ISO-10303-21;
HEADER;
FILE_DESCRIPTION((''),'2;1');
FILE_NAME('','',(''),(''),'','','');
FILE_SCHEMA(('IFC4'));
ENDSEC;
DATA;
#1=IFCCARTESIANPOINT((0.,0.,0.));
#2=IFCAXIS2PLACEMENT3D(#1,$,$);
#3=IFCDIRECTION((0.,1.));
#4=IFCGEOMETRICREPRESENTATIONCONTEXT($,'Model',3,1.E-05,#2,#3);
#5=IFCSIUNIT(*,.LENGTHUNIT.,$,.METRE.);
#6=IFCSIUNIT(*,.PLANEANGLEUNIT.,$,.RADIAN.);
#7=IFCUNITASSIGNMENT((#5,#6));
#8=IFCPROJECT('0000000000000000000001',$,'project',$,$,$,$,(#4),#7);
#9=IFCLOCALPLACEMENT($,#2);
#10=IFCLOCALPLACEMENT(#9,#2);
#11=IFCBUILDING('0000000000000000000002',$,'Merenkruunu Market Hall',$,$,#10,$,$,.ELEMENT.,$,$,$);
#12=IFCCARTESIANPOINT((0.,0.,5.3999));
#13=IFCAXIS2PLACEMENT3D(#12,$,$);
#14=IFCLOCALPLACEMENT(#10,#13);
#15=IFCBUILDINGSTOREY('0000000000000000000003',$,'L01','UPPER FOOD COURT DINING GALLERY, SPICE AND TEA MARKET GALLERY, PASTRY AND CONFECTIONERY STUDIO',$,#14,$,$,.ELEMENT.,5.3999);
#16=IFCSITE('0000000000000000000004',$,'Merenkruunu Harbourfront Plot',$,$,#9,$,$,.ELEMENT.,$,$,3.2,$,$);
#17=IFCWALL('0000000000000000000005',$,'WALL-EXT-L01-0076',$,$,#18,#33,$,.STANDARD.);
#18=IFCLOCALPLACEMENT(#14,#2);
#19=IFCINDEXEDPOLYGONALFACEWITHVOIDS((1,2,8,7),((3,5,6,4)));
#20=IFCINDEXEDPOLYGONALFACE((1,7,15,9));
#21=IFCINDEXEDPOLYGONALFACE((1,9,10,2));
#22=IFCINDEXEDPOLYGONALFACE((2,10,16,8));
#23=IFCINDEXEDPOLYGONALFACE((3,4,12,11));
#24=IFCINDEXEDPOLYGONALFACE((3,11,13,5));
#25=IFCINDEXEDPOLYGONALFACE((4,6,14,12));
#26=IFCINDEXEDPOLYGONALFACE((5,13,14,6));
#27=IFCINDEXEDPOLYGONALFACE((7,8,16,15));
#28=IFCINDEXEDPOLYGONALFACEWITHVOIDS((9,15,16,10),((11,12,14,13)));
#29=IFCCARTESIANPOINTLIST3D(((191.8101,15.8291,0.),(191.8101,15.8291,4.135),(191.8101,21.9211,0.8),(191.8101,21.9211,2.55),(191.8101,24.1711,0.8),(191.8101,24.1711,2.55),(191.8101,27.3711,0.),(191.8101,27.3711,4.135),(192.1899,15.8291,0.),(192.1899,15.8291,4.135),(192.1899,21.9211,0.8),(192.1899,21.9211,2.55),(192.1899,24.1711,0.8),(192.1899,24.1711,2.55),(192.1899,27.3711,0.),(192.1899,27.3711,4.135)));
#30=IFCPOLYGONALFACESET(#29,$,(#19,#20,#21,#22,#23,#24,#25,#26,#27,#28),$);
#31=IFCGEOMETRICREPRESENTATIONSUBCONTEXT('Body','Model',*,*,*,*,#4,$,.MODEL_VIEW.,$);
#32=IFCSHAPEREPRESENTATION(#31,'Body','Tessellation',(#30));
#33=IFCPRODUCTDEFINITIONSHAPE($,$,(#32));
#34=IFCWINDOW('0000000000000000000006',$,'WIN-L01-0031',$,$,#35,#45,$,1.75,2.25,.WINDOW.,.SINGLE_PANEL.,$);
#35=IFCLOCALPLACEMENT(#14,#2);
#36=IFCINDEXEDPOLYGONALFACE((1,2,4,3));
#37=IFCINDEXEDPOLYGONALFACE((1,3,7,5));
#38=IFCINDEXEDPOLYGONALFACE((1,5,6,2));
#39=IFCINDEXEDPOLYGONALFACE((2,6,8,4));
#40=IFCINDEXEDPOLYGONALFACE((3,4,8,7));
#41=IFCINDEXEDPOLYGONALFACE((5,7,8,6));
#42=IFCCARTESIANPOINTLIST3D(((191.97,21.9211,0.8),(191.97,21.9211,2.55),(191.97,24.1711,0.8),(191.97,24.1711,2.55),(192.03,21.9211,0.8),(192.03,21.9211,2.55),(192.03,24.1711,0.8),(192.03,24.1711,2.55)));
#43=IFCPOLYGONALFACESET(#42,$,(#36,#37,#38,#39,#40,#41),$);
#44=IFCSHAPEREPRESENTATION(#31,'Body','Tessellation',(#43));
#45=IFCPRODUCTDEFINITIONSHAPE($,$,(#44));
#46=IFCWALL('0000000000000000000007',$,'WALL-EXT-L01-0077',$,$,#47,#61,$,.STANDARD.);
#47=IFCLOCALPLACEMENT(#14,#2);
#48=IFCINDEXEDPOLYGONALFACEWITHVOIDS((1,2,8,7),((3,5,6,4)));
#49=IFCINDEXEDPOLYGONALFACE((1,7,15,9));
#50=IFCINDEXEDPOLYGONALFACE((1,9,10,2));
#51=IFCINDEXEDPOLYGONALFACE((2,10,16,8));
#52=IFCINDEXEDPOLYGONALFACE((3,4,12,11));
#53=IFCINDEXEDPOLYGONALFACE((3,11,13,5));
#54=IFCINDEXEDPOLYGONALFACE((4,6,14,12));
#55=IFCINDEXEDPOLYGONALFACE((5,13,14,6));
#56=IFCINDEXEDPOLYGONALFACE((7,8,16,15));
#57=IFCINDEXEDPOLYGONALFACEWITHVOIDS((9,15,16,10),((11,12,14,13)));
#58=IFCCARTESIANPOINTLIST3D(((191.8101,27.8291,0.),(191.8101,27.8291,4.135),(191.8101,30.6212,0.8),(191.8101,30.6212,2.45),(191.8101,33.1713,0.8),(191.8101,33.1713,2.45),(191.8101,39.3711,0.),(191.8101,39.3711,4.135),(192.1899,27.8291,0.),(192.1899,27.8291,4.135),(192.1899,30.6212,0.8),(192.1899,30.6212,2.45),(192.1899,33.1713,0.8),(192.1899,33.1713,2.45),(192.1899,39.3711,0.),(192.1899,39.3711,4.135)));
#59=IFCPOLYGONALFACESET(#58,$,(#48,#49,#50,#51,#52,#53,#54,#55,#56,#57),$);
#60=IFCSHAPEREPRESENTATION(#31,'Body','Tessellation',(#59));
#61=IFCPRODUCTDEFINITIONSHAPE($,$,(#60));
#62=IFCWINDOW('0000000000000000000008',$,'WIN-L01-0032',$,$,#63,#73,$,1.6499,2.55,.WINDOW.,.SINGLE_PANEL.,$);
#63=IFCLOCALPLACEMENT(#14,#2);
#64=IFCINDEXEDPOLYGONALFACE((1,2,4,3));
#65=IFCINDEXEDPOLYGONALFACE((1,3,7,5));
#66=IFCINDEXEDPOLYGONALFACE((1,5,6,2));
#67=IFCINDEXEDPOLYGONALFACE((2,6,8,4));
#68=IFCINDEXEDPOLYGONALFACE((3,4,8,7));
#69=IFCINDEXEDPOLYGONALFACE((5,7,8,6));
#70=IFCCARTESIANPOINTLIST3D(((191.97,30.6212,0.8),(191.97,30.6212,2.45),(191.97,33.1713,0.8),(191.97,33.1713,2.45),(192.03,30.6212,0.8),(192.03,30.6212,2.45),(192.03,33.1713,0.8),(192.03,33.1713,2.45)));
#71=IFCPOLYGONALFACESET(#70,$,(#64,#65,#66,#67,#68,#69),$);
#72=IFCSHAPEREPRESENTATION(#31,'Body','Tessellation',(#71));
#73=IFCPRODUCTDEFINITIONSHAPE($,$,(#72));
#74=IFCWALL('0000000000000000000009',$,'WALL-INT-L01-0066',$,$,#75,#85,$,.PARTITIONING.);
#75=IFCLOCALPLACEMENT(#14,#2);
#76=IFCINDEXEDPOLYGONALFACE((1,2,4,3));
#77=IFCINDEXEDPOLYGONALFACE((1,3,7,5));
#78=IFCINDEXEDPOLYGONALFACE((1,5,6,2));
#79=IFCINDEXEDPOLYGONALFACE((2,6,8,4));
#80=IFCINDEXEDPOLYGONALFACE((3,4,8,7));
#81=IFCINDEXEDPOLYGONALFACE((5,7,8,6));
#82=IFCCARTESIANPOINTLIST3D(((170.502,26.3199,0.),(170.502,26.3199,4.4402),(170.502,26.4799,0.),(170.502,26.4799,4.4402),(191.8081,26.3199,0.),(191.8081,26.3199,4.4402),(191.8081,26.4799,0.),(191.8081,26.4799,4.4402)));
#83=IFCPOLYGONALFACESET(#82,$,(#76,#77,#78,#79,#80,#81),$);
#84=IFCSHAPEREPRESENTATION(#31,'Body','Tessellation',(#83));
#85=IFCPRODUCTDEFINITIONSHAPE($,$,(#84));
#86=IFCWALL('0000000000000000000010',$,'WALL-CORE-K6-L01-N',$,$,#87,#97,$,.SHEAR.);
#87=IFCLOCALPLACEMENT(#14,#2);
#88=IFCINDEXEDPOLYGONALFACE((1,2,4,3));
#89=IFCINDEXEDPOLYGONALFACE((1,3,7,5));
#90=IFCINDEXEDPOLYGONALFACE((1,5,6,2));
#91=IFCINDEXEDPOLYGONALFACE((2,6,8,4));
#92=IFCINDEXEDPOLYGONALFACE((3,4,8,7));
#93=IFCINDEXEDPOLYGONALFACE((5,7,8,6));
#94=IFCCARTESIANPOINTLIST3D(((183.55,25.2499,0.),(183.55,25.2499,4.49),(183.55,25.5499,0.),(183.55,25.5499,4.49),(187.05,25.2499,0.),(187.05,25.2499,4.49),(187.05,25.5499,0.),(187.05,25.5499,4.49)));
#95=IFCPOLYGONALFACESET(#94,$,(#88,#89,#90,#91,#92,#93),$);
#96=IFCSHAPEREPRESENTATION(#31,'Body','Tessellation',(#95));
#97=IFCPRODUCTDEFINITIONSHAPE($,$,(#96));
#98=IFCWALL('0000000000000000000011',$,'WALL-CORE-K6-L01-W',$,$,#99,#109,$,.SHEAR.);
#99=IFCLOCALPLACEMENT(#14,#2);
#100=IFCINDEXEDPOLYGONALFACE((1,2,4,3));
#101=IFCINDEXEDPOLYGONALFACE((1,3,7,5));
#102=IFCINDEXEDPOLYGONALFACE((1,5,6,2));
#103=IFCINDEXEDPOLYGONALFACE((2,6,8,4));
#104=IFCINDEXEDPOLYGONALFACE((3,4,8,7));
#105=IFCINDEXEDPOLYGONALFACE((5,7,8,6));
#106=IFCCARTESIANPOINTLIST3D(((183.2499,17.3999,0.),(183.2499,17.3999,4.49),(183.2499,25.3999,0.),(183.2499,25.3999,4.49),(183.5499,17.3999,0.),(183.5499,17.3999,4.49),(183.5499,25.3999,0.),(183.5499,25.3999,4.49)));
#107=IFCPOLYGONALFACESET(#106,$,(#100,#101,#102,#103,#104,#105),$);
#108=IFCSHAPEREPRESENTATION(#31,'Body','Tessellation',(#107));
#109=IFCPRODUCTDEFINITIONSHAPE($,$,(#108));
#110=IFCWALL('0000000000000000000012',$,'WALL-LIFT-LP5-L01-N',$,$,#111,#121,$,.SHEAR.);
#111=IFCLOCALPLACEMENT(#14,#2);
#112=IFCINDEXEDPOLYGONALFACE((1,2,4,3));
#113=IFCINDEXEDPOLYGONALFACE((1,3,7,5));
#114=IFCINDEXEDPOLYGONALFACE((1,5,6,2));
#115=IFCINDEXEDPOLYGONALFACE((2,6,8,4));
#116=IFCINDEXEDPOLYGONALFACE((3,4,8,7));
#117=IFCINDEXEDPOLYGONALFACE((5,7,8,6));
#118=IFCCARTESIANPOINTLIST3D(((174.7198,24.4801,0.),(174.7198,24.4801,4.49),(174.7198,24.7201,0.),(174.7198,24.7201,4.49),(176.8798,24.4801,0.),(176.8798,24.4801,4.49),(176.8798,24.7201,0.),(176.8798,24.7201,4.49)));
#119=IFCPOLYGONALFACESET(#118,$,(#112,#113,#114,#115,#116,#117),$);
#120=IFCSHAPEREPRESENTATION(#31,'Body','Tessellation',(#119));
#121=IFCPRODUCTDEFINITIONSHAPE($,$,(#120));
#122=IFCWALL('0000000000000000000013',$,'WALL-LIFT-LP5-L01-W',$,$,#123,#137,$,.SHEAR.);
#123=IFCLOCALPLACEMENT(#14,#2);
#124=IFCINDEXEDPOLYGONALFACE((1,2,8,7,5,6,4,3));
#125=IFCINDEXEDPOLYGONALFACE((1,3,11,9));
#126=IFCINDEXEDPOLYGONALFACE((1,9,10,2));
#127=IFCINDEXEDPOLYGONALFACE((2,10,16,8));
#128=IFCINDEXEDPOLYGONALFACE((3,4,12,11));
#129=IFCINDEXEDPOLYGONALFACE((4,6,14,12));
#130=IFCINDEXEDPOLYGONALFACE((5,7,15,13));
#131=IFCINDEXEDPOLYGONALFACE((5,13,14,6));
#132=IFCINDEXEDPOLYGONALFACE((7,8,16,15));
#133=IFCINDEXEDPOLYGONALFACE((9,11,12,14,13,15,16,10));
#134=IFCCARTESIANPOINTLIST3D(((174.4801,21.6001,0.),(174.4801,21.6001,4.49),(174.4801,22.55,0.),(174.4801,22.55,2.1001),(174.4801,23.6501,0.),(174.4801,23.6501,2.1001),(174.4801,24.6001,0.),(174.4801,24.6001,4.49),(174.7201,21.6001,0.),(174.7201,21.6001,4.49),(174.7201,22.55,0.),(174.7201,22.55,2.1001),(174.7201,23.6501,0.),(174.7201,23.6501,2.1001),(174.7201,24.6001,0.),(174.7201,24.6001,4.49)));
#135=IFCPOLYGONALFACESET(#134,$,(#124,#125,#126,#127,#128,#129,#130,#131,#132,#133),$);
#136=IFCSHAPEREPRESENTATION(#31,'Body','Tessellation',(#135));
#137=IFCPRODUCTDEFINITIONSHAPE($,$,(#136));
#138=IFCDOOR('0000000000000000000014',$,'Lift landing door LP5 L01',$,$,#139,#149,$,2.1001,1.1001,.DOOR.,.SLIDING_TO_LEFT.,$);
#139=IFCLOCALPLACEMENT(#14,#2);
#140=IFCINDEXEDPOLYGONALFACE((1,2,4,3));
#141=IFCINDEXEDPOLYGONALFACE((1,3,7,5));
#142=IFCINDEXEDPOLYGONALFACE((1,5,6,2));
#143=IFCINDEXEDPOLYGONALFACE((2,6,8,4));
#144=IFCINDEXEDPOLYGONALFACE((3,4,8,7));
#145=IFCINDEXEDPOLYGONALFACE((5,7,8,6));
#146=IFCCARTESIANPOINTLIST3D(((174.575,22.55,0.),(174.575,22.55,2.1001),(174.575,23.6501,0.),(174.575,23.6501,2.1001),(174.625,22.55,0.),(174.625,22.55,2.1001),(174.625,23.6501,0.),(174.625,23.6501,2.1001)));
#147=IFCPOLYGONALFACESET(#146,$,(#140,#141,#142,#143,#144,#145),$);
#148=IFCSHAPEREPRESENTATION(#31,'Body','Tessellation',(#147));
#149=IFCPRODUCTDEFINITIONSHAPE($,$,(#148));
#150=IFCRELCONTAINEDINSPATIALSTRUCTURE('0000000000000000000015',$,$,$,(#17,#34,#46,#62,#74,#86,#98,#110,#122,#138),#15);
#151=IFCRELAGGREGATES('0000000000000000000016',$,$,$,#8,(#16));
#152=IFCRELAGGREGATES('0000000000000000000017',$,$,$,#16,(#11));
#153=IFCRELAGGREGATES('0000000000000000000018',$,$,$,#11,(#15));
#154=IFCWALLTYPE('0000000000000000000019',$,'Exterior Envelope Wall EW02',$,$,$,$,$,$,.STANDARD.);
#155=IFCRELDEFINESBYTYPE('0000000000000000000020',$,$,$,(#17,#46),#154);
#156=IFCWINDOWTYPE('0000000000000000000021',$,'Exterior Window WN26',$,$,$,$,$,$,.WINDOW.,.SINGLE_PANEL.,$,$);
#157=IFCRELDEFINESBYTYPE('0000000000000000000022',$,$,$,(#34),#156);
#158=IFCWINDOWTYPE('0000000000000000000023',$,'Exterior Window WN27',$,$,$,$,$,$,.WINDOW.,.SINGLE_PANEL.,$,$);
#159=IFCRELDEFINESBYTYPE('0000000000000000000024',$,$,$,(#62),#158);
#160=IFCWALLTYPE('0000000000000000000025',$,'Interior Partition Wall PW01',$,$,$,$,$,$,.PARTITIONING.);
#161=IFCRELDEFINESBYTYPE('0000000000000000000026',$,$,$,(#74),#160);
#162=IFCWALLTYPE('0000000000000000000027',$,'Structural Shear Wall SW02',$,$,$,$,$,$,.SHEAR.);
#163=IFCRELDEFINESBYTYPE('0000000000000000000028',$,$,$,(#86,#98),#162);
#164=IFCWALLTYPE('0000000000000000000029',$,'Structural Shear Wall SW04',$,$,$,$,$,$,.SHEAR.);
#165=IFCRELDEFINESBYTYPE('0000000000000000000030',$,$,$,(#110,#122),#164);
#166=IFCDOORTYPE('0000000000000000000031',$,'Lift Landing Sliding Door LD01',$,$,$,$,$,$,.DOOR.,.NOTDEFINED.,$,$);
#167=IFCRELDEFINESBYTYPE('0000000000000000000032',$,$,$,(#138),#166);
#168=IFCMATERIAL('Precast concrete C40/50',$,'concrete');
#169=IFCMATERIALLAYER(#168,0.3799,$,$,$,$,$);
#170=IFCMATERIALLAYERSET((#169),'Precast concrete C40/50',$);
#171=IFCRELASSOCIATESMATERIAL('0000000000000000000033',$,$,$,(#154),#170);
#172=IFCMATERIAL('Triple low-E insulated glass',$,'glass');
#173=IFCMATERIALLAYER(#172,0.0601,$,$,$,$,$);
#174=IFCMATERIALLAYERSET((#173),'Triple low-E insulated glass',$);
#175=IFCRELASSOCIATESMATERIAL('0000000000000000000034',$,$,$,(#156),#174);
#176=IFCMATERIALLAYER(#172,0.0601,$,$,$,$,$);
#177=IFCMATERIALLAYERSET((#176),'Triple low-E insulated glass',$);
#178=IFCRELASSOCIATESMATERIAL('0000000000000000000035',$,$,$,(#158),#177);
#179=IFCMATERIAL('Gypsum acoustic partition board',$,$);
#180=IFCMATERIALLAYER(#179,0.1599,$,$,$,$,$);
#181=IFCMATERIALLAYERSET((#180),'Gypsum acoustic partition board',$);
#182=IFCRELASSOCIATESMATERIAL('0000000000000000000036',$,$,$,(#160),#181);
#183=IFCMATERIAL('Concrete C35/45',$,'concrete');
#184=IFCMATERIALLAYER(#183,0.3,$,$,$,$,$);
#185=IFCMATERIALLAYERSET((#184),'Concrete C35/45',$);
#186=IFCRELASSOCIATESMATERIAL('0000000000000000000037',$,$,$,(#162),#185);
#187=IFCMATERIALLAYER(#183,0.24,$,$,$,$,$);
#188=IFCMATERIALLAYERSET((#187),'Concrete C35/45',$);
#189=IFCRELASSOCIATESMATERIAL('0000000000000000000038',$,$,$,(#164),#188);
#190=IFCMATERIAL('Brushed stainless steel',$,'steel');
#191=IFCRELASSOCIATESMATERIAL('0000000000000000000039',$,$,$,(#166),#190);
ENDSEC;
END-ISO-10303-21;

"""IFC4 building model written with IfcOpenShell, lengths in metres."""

from ifc_helpers import new_model, si_unit, direction, frame, frame_2d, origin, place, context, subcontext, project, spatial, rectangle, extrude, material, layer, layer_set, type_object, element, fill, save


model = new_model("IFC4")

# Units and contexts
model_context = context("Model", 3, precision=1e-05, world=origin(), true_north=direction((0.0, 1.0)))
body_context = subcontext(model_context, "Body", "Model", "MODEL_VIEW")
ifc_project = project(units=[si_unit("LENGTHUNIT", "METRE"), si_unit("PLANEANGLEUNIT", "RADIAN")], contexts=[model_context])

# Site, building, storey
site_placement = place(None, origin())
site = spatial("IfcSite", under=ifc_project, at=site_placement, Name="Merenkruunu Harbourfront Plot", CompositionType="ELEMENT", RefElevation=3.2)
building_placement = place(site_placement, origin())
building = spatial("IfcBuilding", under=site, at=building_placement, Name="Merenkruunu Market Hall", CompositionType="ELEMENT")
storey_placement = place(building_placement, frame((0.0, 0.0, 5.3999)))
storey = spatial("IfcBuildingStorey", under=building, at=storey_placement, Name="L01", Description="UPPER FOOD COURT DINING GALLERY, SPICE AND TEA MARKET GALLERY, PASTRY AND CONFECTIONERY STUDIO", CompositionType="ELEMENT", Elevation=5.3999)

# Walls, openings, windows
ifc_material_1 = material(Name="Precast concrete C40/50", Category="concrete")
ifc_layer_1 = layer(ifc_material_1, 0.3799)
ifc_layer_set_1 = layer_set([ifc_layer_1], Name="Precast concrete C40/50")
wall_type_1 = type_object("IfcWallType", Name="Exterior Envelope Wall EW02", PredefinedType="STANDARD", material=ifc_layer_set_1)
wall_1_placement = place(storey_placement, frame((192.0, 27.3711, 0.0), z_axis=(0.0, 0.0, 1.0), x_axis=(0.0, -1.0, 0.0)))
wall_1 = element("IfcWall", 1, at=wall_1_placement, inside=storey, type_object=wall_type_1, Name="WALL-EXT-L01-0076", PredefinedType="STANDARD", context=body_context, shape_type="SweptSolid", body=[
    extrude(rectangle(XDim=11.542, YDim=0.3799, at=frame_2d((5.771, 0.0))), origin(), (0.0, 0.0, 1.0), 4.135),
])
opening_1_placement = place(wall_1_placement, frame((3.2, 0.0, 0.8)))
opening_1 = element("IfcOpeningElement", 2, at=opening_1_placement, cuts=wall_1, PredefinedType="OPENING", context=body_context, shape_type="SweptSolid", body=[
    extrude(rectangle(XDim=2.25, YDim=1.75, at=frame_2d((1.125, 0.875))), frame((0.0, 0.2, 0.0), z_axis=(0.0, -1.0, 0.0), x_axis=(1.0, 0.0, 0.0)), (0.0, 0.0, 1.0), 0.3999),
])
ifc_material_2 = material(Name="Triple low-E insulated glass", Category="glass")
ifc_layer_2 = layer(ifc_material_2, 0.0601)
ifc_layer_set_2 = layer_set([ifc_layer_2], Name="Triple low-E insulated glass")
window_type_1 = type_object("IfcWindowType", Name="Exterior Window WN26", PartitioningType="SINGLE_PANEL", PredefinedType="WINDOW", material=ifc_layer_set_2)
window_1_placement = place(opening_1_placement, origin())
window_1 = element("IfcWindow", 3, at=window_1_placement, inside=storey, type_object=window_type_1, Name="WIN-L01-0031", OverallHeight=1.75, OverallWidth=2.25, PartitioningType="SINGLE_PANEL", PredefinedType="WINDOW", context=body_context, shape_type="SweptSolid", body=[
    extrude(rectangle(XDim=2.25, YDim=1.75, at=frame_2d((1.125, 0.875))), frame((0.0, 0.03, 0.0), z_axis=(0.0, -1.0, 0.0), x_axis=(1.0, 0.0, 0.0)), (0.0, 0.0, 1.0), 0.0601),
])
fill(opening_1, window_1)
wall_2_placement = place(storey_placement, frame((192.0, 39.3711, 0.0), z_axis=(0.0, 0.0, 1.0), x_axis=(0.0, -1.0, 0.0)))
wall_2 = element("IfcWall", 4, at=wall_2_placement, inside=storey, type_object=wall_type_1, Name="WALL-EXT-L01-0077", PredefinedType="STANDARD", context=body_context, shape_type="SweptSolid", body=[
    extrude(rectangle(XDim=11.542, YDim=0.3799, at=frame_2d((5.771, 0.0))), origin(), (0.0, 0.0, 1.0), 4.135),
])
opening_2_placement = place(wall_2_placement, frame((6.2, 0.0, 0.8)))
opening_2 = element("IfcOpeningElement", 5, at=opening_2_placement, cuts=wall_2, PredefinedType="OPENING", context=body_context, shape_type="SweptSolid", body=[
    extrude(rectangle(XDim=2.55, YDim=1.6499, at=frame_2d((1.2749, 0.825))), frame((0.0, 0.2, 0.0), z_axis=(0.0, -1.0, 0.0), x_axis=(1.0, 0.0, 0.0)), (0.0, 0.0, 1.0), 0.3999),
])
ifc_layer_3 = layer(ifc_material_2, 0.0601)
ifc_layer_set_3 = layer_set([ifc_layer_3], Name="Triple low-E insulated glass")
window_type_2 = type_object("IfcWindowType", Name="Exterior Window WN27", PartitioningType="SINGLE_PANEL", PredefinedType="WINDOW", material=ifc_layer_set_3)
window_2_placement = place(opening_2_placement, origin())
window_2 = element("IfcWindow", 6, at=window_2_placement, inside=storey, type_object=window_type_2, Name="WIN-L01-0032", OverallHeight=1.6499, OverallWidth=2.55, PartitioningType="SINGLE_PANEL", PredefinedType="WINDOW", context=body_context, shape_type="SweptSolid", body=[
    extrude(rectangle(XDim=2.55, YDim=1.6499, at=frame_2d((1.2749, 0.825))), frame((0.0, 0.03, 0.0), z_axis=(0.0, -1.0, 0.0), x_axis=(1.0, 0.0, 0.0)), (0.0, 0.0, 1.0), 0.0601),
])
fill(opening_2, window_2)

# Walls
ifc_material_3 = material(Name="Gypsum acoustic partition board")
ifc_layer_4 = layer(ifc_material_3, 0.1599)
ifc_layer_set_4 = layer_set([ifc_layer_4], Name="Gypsum acoustic partition board")
wall_type_2 = type_object("IfcWallType", Name="Interior Partition Wall PW01", PredefinedType="PARTITIONING", material=ifc_layer_set_4)
wall_3_placement = place(storey_placement, frame((170.502, 26.3999, 0.0), z_axis=(0.0, 0.0, 1.0), x_axis=(1.0, 0.0, 0.0)))
element("IfcWall", 7, at=wall_3_placement, inside=storey, type_object=wall_type_2, Name="WALL-INT-L01-0066", PredefinedType="PARTITIONING", context=body_context, shape_type="SweptSolid", body=[
    extrude(rectangle(XDim=21.3062, YDim=0.1599, at=frame_2d((10.6531, 0.0))), origin(), (0.0, 0.0, 1.0), 4.4402),
])
ifc_material_4 = material(Name="Concrete C35/45", Category="concrete")
ifc_layer_5 = layer(ifc_material_4, 0.3)
ifc_layer_set_5 = layer_set([ifc_layer_5], Name="Concrete C35/45")
wall_type_3 = type_object("IfcWallType", Name="Structural Shear Wall SW02", PredefinedType="SHEAR", material=ifc_layer_set_5)
wall_4_placement = place(storey_placement, frame((187.05, 25.3999, 0.0), z_axis=(0.0, 0.0, 1.0), x_axis=(-1.0, 0.0, 0.0)))
element("IfcWall", 8, at=wall_4_placement, inside=storey, type_object=wall_type_3, Name="WALL-CORE-K6-L01-N", PredefinedType="SHEAR", context=body_context, shape_type="SweptSolid", body=[
    extrude(rectangle(XDim=3.5, YDim=0.3, at=frame_2d((1.75, 0.0))), origin(), (0.0, 0.0, 1.0), 4.49),
])
wall_5_placement = place(storey_placement, frame((183.3999, 25.3999, 0.0), z_axis=(0.0, 0.0, 1.0), x_axis=(0.0, -1.0, 0.0)))
element("IfcWall", 9, at=wall_5_placement, inside=storey, type_object=wall_type_3, Name="WALL-CORE-K6-L01-W", PredefinedType="SHEAR", context=body_context, shape_type="SweptSolid", body=[
    extrude(rectangle(XDim=8.0, YDim=0.3, at=frame_2d((4.0, 0.0))), origin(), (0.0, 0.0, 1.0), 4.49),
])
ifc_layer_6 = layer(ifc_material_4, 0.24)
ifc_layer_set_6 = layer_set([ifc_layer_6], Name="Concrete C35/45")
wall_type_4 = type_object("IfcWallType", Name="Structural Shear Wall SW04", PredefinedType="SHEAR", material=ifc_layer_set_6)
wall_6_placement = place(storey_placement, frame((176.8799, 24.6001, 0.0), z_axis=(0.0, 0.0, 1.0), x_axis=(-1.0, 0.0, 0.0)))
element("IfcWall", 10, at=wall_6_placement, inside=storey, type_object=wall_type_4, Name="WALL-LIFT-LP5-L01-N", PredefinedType="SHEAR", context=body_context, shape_type="SweptSolid", body=[
    extrude(rectangle(XDim=2.1599, YDim=0.24, at=frame_2d((1.0801, 0.0))), origin(), (0.0, 0.0, 1.0), 4.49),
])

# Wall, opening, door
wall_7_placement = place(storey_placement, frame((174.6001, 24.6001, 0.0), z_axis=(0.0, 0.0, 1.0), x_axis=(0.0, -1.0, 0.0)))
wall_7 = element("IfcWall", 11, at=wall_7_placement, inside=storey, type_object=wall_type_4, Name="WALL-LIFT-LP5-L01-W", PredefinedType="SHEAR", context=body_context, shape_type="SweptSolid", body=[
    extrude(rectangle(XDim=3.0, YDim=0.24, at=frame_2d((1.5, 0.0))), origin(), (0.0, 0.0, 1.0), 4.49),
])
opening_3_placement = place(wall_7_placement, frame((0.95, 0.0, 0.0)))
opening_3 = element("IfcOpeningElement", 12, at=opening_3_placement, cuts=wall_7, PredefinedType="OPENING", context=body_context, shape_type="SweptSolid", body=[
    extrude(rectangle(XDim=1.1001, YDim=2.1001, at=frame_2d((0.55, 1.05))), frame((0.0, 0.1299, 0.0), z_axis=(0.0, -1.0, 0.0), x_axis=(1.0, 0.0, 0.0)), (0.0, 0.0, 1.0), 0.26),
])
ifc_material_5 = material(Name="Brushed stainless steel", Category="steel")
door_type = type_object("IfcDoorType", Name="Lift Landing Sliding Door LD01", OperationType="NOTDEFINED", PredefinedType="DOOR", material=ifc_material_5)
door_placement = place(opening_3_placement, origin())
door = element("IfcDoor", 13, at=door_placement, inside=storey, type_object=door_type, Name="Lift landing door LP5 L01", OperationType="SLIDING_TO_LEFT", OverallHeight=2.1001, OverallWidth=1.1001, PredefinedType="DOOR", context=body_context, shape_type="SweptSolid", body=[
    extrude(rectangle(XDim=1.1001, YDim=2.1001, at=frame_2d((0.55, 1.05))), frame((0.0, 0.0249, 0.0), z_axis=(0.0, -1.0, 0.0), x_axis=(1.0, 0.0, 0.0)), (0.0, 0.0, 1.0), 0.05),
])
fill(opening_3, door)

save(model, "model.ifc")
